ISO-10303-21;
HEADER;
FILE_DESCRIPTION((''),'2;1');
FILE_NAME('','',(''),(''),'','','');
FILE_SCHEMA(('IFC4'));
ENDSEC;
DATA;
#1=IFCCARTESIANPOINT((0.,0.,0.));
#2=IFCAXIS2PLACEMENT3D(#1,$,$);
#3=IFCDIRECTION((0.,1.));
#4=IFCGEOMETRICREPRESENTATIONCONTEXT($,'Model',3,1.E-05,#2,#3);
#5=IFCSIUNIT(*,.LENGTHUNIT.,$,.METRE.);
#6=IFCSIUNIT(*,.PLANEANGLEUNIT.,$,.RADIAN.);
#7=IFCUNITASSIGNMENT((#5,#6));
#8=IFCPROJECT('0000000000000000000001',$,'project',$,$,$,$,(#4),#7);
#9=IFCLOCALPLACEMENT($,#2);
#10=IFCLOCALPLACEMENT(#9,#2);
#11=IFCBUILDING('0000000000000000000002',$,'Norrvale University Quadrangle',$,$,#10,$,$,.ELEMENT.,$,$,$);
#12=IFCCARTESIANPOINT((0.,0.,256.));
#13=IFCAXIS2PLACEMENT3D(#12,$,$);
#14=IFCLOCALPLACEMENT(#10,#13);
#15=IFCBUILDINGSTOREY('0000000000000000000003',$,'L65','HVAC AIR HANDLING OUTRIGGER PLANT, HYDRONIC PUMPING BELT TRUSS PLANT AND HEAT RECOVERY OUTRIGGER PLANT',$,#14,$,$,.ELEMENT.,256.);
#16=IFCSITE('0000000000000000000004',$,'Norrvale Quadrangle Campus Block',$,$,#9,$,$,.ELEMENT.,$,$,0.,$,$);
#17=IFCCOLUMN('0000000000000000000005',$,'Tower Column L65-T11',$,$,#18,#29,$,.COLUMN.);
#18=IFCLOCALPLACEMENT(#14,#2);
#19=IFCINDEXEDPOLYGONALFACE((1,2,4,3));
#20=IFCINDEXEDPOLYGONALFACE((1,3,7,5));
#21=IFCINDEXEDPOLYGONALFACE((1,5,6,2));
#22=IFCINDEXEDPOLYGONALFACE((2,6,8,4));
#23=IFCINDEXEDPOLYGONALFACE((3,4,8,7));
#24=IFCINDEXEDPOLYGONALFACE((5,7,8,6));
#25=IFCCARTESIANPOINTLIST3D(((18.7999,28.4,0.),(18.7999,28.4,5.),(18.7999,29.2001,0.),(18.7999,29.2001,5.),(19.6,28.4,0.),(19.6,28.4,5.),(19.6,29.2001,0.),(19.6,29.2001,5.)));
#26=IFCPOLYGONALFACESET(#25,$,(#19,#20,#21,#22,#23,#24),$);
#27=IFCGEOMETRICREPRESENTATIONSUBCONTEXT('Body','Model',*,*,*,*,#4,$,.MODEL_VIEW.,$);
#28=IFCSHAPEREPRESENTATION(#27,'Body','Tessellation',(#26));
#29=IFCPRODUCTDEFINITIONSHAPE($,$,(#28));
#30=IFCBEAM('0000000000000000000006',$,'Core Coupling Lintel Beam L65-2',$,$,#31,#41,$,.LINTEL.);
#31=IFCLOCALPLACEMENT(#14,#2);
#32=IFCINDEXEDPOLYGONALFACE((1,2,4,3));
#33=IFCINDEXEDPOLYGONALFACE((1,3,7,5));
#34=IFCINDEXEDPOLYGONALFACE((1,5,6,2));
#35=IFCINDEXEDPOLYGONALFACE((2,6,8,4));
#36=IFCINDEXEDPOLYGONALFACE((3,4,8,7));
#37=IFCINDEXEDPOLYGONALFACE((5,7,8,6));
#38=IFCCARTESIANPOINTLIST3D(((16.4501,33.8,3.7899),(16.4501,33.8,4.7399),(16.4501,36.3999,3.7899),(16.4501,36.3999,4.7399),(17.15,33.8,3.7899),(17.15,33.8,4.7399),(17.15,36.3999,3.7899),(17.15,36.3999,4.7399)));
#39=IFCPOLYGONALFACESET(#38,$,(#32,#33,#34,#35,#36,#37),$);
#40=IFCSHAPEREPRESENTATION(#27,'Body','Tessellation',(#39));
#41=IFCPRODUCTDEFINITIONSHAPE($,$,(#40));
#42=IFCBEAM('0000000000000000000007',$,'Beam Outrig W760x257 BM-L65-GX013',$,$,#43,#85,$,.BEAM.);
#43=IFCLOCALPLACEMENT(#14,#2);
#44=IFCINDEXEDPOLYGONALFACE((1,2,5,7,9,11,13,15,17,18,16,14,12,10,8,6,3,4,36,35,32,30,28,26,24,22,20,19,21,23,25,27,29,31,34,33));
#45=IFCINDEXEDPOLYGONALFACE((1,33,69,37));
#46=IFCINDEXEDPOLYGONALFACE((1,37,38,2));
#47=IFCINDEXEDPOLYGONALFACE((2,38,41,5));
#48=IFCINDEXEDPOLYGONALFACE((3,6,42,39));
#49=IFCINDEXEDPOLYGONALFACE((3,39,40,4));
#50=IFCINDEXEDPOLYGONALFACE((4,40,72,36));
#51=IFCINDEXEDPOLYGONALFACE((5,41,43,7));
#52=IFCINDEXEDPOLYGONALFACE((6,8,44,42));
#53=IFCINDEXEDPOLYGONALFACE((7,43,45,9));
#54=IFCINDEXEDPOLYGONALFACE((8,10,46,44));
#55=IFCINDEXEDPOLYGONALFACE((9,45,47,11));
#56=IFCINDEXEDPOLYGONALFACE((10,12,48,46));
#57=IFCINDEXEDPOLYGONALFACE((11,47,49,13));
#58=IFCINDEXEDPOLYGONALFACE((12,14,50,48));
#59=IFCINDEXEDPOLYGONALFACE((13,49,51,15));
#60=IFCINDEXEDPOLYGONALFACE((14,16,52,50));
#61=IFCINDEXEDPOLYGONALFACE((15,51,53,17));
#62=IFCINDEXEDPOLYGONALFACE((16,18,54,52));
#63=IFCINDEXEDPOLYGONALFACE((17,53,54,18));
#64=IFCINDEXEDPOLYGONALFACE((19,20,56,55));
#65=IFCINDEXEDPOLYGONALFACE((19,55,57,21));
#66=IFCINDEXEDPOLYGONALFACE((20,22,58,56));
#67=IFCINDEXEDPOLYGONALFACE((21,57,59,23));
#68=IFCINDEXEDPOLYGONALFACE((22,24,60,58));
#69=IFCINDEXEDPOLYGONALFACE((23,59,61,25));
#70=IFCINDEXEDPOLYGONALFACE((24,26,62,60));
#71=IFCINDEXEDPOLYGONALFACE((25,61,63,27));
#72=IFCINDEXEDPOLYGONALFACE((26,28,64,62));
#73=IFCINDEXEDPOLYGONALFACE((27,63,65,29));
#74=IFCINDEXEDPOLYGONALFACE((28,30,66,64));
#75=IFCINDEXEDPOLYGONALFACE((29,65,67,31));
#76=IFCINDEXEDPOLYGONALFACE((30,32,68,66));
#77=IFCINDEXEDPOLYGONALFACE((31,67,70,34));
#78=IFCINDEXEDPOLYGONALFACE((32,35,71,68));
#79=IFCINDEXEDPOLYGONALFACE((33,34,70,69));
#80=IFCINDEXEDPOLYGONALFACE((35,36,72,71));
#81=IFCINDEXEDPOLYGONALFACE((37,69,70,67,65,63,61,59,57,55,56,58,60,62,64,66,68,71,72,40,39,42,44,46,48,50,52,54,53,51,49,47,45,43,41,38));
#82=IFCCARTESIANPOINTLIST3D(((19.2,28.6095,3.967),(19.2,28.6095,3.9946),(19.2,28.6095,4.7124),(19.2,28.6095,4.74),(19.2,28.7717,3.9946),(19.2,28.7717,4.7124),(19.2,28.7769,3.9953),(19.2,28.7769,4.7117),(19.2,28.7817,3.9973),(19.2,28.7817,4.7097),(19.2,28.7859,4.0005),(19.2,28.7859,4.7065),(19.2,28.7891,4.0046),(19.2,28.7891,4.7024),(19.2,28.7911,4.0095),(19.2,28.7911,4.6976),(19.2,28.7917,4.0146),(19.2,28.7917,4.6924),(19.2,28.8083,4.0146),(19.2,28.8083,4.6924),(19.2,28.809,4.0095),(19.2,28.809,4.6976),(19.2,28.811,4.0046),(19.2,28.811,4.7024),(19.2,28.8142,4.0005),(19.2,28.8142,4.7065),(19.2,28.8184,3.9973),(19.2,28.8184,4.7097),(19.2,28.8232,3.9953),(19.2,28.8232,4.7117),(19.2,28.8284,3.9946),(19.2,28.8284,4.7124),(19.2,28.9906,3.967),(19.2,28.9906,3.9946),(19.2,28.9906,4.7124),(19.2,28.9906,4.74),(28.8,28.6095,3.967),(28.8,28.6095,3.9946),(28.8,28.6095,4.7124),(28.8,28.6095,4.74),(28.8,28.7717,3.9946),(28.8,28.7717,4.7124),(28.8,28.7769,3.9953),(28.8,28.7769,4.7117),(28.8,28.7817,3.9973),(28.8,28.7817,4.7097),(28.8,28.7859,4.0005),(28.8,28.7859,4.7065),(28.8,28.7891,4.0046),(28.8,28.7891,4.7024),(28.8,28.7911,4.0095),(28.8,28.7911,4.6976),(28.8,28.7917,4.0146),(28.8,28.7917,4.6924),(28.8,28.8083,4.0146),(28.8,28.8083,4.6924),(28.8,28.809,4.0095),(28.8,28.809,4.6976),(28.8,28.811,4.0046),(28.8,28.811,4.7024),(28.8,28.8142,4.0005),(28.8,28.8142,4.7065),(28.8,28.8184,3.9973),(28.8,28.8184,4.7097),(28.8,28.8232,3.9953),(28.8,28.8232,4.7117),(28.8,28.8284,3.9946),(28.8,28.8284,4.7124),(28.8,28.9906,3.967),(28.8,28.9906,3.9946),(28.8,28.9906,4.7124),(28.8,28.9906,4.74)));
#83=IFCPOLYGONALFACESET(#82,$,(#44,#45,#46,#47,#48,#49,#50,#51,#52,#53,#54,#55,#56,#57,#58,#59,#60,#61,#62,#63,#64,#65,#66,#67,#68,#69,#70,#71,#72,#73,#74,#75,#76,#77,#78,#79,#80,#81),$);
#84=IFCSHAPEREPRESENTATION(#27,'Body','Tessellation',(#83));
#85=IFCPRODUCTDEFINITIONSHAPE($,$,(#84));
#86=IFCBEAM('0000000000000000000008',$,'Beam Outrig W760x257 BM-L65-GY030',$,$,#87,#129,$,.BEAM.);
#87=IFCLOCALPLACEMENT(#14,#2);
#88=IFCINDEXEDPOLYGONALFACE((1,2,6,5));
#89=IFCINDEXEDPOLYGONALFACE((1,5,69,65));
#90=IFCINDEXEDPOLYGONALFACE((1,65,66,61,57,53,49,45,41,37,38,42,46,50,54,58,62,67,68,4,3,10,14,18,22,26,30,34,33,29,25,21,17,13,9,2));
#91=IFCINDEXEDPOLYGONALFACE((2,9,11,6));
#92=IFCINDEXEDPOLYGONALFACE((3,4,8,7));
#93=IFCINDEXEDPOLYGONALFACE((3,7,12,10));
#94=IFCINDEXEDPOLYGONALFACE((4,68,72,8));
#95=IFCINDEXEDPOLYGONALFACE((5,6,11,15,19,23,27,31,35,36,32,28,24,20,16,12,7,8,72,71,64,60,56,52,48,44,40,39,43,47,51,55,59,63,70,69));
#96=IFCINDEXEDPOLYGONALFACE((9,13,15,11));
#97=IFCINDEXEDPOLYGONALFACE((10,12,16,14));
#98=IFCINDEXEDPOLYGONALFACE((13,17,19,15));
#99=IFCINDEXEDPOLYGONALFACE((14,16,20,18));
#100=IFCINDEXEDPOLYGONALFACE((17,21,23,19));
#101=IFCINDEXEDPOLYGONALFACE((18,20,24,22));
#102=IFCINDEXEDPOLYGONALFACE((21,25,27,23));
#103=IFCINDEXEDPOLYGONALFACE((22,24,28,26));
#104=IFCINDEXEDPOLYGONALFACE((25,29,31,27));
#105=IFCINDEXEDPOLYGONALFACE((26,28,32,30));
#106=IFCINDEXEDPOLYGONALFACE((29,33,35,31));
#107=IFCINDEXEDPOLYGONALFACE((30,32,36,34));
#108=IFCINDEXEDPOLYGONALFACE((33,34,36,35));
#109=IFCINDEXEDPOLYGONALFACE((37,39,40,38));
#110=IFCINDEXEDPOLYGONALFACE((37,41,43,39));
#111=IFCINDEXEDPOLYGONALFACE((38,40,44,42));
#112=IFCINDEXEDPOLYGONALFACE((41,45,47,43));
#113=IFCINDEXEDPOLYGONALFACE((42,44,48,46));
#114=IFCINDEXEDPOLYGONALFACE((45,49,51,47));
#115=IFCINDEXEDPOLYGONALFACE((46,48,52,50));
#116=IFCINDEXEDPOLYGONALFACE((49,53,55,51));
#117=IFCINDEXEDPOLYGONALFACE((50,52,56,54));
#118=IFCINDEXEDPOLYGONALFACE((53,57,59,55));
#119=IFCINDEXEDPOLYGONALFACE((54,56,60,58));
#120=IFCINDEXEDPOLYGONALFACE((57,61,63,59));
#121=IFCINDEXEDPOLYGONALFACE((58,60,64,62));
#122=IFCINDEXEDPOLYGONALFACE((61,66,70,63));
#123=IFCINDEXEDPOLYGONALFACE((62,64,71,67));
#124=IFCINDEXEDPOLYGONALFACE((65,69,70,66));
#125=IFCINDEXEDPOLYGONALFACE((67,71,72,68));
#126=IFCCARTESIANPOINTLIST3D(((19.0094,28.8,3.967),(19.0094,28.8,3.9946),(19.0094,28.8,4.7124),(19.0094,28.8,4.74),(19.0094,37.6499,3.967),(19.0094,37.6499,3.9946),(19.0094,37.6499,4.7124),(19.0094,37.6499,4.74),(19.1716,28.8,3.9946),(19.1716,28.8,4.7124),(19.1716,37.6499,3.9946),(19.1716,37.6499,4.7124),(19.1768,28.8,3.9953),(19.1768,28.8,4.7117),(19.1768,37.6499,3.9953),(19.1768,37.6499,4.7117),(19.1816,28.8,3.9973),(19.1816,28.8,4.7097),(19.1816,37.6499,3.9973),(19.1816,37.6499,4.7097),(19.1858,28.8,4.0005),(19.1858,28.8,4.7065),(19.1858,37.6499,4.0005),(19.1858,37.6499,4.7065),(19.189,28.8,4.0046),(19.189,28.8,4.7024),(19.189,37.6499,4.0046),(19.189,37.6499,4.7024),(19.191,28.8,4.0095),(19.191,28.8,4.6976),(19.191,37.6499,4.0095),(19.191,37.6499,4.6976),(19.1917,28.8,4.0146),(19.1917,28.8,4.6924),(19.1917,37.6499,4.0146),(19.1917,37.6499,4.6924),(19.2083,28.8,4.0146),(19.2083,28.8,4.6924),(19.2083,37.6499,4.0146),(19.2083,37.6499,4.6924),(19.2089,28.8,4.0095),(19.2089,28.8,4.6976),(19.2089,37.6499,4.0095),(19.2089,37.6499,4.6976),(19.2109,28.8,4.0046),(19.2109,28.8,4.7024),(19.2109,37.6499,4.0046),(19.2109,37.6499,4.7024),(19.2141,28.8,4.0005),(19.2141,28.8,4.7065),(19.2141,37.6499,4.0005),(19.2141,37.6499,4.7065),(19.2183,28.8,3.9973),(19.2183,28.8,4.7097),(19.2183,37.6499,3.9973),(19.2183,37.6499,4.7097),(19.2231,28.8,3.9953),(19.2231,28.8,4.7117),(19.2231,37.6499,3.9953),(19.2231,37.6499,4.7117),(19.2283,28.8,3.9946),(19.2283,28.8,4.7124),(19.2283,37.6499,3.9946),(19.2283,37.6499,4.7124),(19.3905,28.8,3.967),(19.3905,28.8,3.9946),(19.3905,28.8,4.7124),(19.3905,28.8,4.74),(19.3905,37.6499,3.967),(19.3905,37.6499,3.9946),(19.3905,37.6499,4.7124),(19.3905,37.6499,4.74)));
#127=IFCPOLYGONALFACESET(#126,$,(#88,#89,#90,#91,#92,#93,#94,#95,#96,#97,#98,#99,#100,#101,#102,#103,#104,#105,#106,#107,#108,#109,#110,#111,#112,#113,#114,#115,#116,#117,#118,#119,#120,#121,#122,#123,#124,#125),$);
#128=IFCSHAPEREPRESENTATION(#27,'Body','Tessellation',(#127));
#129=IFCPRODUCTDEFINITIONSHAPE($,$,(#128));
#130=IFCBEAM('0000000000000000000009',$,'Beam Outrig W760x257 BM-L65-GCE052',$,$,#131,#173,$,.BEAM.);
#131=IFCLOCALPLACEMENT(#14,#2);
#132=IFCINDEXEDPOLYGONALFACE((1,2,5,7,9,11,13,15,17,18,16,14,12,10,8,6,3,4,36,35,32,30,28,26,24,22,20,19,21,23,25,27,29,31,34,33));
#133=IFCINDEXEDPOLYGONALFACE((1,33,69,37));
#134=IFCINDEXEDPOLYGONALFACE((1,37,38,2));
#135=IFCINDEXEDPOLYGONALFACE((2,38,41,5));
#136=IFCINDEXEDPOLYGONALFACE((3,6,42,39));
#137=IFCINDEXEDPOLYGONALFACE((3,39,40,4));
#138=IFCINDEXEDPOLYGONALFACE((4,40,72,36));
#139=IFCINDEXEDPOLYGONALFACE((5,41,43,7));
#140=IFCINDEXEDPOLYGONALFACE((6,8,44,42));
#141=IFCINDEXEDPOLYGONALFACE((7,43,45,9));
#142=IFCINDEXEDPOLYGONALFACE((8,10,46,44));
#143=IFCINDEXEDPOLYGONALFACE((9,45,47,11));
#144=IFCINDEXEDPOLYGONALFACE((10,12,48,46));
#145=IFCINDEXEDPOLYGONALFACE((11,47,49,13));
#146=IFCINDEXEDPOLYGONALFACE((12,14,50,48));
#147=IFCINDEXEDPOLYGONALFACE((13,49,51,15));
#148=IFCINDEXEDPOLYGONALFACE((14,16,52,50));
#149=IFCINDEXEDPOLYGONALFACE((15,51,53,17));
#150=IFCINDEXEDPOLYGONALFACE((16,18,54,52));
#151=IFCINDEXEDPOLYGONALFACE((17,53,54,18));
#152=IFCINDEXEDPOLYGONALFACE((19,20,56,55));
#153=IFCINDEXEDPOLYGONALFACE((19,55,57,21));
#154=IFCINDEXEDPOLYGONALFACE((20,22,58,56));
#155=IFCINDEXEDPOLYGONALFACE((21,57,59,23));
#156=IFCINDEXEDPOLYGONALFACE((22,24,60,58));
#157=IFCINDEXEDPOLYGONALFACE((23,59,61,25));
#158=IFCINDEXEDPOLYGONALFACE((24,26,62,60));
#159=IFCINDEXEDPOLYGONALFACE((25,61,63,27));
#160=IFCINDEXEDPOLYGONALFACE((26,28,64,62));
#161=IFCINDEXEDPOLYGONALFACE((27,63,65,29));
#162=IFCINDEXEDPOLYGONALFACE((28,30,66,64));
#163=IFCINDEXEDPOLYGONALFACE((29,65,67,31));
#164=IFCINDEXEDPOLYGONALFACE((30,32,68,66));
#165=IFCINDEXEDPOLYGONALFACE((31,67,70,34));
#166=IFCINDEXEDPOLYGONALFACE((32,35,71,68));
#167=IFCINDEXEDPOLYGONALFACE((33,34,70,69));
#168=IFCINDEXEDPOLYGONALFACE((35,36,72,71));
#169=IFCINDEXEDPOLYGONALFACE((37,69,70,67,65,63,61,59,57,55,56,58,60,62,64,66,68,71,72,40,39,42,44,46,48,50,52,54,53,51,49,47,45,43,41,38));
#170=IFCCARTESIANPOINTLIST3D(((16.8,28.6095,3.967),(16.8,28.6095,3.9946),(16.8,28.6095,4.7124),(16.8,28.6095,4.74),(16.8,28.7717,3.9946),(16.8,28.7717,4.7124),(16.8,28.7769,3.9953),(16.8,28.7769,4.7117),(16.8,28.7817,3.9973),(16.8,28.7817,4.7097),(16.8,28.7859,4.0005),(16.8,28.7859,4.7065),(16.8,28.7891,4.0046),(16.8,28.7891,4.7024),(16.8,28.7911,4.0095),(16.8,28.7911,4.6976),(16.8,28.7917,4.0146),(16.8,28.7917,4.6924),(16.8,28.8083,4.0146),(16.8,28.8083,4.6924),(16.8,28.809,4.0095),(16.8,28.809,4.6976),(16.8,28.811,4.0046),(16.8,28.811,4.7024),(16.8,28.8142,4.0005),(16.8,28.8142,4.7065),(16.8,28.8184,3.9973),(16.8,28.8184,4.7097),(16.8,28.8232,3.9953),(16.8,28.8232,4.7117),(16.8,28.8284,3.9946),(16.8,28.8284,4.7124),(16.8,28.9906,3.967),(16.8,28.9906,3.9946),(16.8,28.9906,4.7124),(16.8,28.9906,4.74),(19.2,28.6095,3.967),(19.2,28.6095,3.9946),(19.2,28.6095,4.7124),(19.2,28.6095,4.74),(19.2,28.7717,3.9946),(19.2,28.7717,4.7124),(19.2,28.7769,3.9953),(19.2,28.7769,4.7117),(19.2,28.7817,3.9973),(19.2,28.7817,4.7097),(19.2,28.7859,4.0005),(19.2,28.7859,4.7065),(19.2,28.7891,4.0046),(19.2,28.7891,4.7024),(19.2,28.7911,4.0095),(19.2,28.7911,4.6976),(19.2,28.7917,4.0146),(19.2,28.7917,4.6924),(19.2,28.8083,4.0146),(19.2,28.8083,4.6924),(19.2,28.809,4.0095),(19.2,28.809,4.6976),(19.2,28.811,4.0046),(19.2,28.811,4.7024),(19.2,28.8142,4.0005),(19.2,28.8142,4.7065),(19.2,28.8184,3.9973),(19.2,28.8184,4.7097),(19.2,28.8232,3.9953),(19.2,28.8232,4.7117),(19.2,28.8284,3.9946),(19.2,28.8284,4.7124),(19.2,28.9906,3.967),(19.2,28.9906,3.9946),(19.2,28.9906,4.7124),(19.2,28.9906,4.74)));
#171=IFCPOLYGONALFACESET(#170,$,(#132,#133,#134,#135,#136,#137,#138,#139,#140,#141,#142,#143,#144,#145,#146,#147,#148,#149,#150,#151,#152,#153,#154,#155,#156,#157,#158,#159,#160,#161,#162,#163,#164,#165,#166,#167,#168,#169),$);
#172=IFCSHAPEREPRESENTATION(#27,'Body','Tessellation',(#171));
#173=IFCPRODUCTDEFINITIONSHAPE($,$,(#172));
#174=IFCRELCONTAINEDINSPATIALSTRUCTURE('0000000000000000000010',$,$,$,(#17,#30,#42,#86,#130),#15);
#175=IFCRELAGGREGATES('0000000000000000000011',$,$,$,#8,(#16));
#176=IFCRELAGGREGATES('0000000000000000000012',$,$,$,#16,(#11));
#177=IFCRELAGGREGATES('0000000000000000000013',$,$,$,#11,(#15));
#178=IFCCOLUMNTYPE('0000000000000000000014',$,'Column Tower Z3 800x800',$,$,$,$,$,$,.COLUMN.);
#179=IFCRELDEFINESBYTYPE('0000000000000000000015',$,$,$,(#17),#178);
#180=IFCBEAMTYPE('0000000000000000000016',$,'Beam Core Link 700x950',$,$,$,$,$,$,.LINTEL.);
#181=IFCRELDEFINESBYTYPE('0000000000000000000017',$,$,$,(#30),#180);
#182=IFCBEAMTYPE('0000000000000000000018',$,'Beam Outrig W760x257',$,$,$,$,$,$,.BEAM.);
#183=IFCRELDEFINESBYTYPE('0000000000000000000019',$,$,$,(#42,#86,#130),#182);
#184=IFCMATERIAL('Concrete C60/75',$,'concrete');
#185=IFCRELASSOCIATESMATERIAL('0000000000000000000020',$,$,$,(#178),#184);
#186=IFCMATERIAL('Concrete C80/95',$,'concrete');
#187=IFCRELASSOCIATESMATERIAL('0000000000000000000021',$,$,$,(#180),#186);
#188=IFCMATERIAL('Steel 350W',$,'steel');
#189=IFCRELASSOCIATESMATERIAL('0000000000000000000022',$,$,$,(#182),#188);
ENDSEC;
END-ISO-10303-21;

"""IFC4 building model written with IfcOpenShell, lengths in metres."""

from ifc_helpers import new_model, si_unit, direction, frame, origin, origin_2d, place, context, subcontext, project, spatial, rectangle, i_section, extrude, material, material_profile, profile_set, type_object, element, save


model = new_model("IFC4")

# Units and contexts
model_context = context("Model", 3, precision=1e-05, world=origin(), true_north=direction((0.0, 1.0)))
body_context = subcontext(model_context, "Body", "Model", "MODEL_VIEW")
ifc_project = project(units=[si_unit("LENGTHUNIT", "METRE"), si_unit("PLANEANGLEUNIT", "RADIAN")], contexts=[model_context])

# Site, building, storey
site_placement = place(None, origin())
site = spatial("IfcSite", under=ifc_project, at=site_placement, Name="Norrvale Quadrangle Campus Block", CompositionType="ELEMENT", RefElevation=0.0)
building_placement = place(site_placement, origin())
building = spatial("IfcBuilding", under=site, at=building_placement, Name="Norrvale University Quadrangle", CompositionType="ELEMENT")
storey_placement = place(building_placement, frame((0.0, 0.0, 256.0)))
storey = spatial("IfcBuildingStorey", under=building, at=storey_placement, Name="L65", Description="HVAC AIR HANDLING OUTRIGGER PLANT, HYDRONIC PUMPING BELT TRUSS PLANT AND HEAT RECOVERY OUTRIGGER PLANT", CompositionType="ELEMENT", Elevation=256.0)

# Column
ifc_material_1 = material(Name="Concrete C60/75", Category="concrete")
ifc_material_profile_1 = material_profile(ifc_material_1, rectangle(XDim=0.8, YDim=0.8, at=origin_2d()), Name="Concrete C60/75")
ifc_profile_set_1 = profile_set([ifc_material_profile_1], Name="Concrete C60/75")
column_type = type_object("IfcColumnType", Name="Column Tower Z3 800x800", PredefinedType="COLUMN", material=ifc_profile_set_1)
column_placement = place(storey_placement, frame((19.2, 28.8, 0.0), z_axis=(0.0, 0.0, 1.0), x_axis=(1.0, 0.0, 0.0)))
element("IfcColumn", 1, at=column_placement, inside=storey, type_object=column_type, Name="Tower Column L65-T11", PredefinedType="COLUMN", context=body_context, shape_type="SweptSolid", body=[
    extrude(rectangle(XDim=0.8, YDim=0.8, at=origin_2d()), origin(), (0.0, 0.0, 1.0), 5.0),
])

# Beams
ifc_material_2 = material(Name="Concrete C80/95", Category="concrete")
ifc_material_profile_2 = material_profile(ifc_material_2, rectangle(XDim=0.7, YDim=0.95, at=origin_2d()), Name="Concrete C80/95")
ifc_profile_set_2 = profile_set([ifc_material_profile_2], Name="Concrete C80/95")
beam_type_1 = type_object("IfcBeamType", Name="Beam Core Link 700x950", PredefinedType="LINTEL", material=ifc_profile_set_2)
beam_1_placement = place(storey_placement, frame((16.8, 33.8, 4.2649), z_axis=(0.0, 1.0, 0.0), x_axis=(-1.0, 0.0, 0.0)))
element("IfcBeam", 2, at=beam_1_placement, inside=storey, type_object=beam_type_1, Name="Core Coupling Lintel Beam L65-2", PredefinedType="LINTEL", context=body_context, shape_type="SweptSolid", body=[
    extrude(rectangle(XDim=0.7, YDim=0.95, at=origin_2d()), origin(), (0.0, 0.0, 1.0), 2.5999),
])
ifc_material_3 = material(Name="Steel 350W", Category="steel")
ifc_material_profile_3 = material_profile(ifc_material_3, i_section(OverallWidth=0.3811, OverallDepth=0.7729, WebThickness=0.0166, FlangeThickness=0.0276, FilletRadius=0.02, at=origin_2d()), Name="Steel 350W")
ifc_profile_set_3 = profile_set([ifc_material_profile_3], Name="Steel 350W")
beam_type_2 = type_object("IfcBeamType", Name="Beam Outrig W760x257", PredefinedType="BEAM", material=ifc_profile_set_3)
beam_2_placement = place(storey_placement, frame((19.2, 28.8, 4.3535), z_axis=(1.0, 0.0, 0.0), x_axis=(0.0, 1.0, 0.0)))
element("IfcBeam", 3, at=beam_2_placement, inside=storey, type_object=beam_type_2, Name="Beam Outrig W760x257 BM-L65-GX013", PredefinedType="BEAM", context=body_context, shape_type="SweptSolid", body=[
    extrude(i_section(OverallWidth=0.3811, OverallDepth=0.7729, WebThickness=0.0166, FlangeThickness=0.0276, FilletRadius=0.02, at=origin_2d()), origin(), (0.0, 0.0, 1.0), 9.6001),
])
beam_3_placement = place(storey_placement, frame((19.2, 28.8, 4.3535), z_axis=(0.0, 1.0, 0.0), x_axis=(-1.0, 0.0, 0.0)))
element("IfcBeam", 4, at=beam_3_placement, inside=storey, type_object=beam_type_2, Name="Beam Outrig W760x257 BM-L65-GY030", PredefinedType="BEAM", context=body_context, shape_type="SweptSolid", body=[
    extrude(i_section(OverallWidth=0.3811, OverallDepth=0.7729, WebThickness=0.0166, FlangeThickness=0.0276, FilletRadius=0.02, at=origin_2d()), origin(), (0.0, 0.0, 1.0), 8.8499),
])
for number, where, z_axis, x_axis, name in (
    (5, (16.8, 28.8, 4.3535), (1.0, 0.0, 0.0), (0.0, 1.0, 0.0), "Beam Outrig W760x257 BM-L65-GCE052"),
):
    element("IfcBeam", number, at=place(storey_placement, frame(where, z_axis=z_axis, x_axis=x_axis)), inside=storey, type_object=beam_type_2, Name=name, PredefinedType="BEAM", context=body_context, shape_type="SweptSolid", body=[
        extrude(i_section(OverallWidth=0.3811, OverallDepth=0.7729, WebThickness=0.0166, FlangeThickness=0.0276, FilletRadius=0.02, at=origin_2d()), origin(), (0.0, 0.0, 1.0), 2.3999),
    ])

save(model, "model.ifc")
